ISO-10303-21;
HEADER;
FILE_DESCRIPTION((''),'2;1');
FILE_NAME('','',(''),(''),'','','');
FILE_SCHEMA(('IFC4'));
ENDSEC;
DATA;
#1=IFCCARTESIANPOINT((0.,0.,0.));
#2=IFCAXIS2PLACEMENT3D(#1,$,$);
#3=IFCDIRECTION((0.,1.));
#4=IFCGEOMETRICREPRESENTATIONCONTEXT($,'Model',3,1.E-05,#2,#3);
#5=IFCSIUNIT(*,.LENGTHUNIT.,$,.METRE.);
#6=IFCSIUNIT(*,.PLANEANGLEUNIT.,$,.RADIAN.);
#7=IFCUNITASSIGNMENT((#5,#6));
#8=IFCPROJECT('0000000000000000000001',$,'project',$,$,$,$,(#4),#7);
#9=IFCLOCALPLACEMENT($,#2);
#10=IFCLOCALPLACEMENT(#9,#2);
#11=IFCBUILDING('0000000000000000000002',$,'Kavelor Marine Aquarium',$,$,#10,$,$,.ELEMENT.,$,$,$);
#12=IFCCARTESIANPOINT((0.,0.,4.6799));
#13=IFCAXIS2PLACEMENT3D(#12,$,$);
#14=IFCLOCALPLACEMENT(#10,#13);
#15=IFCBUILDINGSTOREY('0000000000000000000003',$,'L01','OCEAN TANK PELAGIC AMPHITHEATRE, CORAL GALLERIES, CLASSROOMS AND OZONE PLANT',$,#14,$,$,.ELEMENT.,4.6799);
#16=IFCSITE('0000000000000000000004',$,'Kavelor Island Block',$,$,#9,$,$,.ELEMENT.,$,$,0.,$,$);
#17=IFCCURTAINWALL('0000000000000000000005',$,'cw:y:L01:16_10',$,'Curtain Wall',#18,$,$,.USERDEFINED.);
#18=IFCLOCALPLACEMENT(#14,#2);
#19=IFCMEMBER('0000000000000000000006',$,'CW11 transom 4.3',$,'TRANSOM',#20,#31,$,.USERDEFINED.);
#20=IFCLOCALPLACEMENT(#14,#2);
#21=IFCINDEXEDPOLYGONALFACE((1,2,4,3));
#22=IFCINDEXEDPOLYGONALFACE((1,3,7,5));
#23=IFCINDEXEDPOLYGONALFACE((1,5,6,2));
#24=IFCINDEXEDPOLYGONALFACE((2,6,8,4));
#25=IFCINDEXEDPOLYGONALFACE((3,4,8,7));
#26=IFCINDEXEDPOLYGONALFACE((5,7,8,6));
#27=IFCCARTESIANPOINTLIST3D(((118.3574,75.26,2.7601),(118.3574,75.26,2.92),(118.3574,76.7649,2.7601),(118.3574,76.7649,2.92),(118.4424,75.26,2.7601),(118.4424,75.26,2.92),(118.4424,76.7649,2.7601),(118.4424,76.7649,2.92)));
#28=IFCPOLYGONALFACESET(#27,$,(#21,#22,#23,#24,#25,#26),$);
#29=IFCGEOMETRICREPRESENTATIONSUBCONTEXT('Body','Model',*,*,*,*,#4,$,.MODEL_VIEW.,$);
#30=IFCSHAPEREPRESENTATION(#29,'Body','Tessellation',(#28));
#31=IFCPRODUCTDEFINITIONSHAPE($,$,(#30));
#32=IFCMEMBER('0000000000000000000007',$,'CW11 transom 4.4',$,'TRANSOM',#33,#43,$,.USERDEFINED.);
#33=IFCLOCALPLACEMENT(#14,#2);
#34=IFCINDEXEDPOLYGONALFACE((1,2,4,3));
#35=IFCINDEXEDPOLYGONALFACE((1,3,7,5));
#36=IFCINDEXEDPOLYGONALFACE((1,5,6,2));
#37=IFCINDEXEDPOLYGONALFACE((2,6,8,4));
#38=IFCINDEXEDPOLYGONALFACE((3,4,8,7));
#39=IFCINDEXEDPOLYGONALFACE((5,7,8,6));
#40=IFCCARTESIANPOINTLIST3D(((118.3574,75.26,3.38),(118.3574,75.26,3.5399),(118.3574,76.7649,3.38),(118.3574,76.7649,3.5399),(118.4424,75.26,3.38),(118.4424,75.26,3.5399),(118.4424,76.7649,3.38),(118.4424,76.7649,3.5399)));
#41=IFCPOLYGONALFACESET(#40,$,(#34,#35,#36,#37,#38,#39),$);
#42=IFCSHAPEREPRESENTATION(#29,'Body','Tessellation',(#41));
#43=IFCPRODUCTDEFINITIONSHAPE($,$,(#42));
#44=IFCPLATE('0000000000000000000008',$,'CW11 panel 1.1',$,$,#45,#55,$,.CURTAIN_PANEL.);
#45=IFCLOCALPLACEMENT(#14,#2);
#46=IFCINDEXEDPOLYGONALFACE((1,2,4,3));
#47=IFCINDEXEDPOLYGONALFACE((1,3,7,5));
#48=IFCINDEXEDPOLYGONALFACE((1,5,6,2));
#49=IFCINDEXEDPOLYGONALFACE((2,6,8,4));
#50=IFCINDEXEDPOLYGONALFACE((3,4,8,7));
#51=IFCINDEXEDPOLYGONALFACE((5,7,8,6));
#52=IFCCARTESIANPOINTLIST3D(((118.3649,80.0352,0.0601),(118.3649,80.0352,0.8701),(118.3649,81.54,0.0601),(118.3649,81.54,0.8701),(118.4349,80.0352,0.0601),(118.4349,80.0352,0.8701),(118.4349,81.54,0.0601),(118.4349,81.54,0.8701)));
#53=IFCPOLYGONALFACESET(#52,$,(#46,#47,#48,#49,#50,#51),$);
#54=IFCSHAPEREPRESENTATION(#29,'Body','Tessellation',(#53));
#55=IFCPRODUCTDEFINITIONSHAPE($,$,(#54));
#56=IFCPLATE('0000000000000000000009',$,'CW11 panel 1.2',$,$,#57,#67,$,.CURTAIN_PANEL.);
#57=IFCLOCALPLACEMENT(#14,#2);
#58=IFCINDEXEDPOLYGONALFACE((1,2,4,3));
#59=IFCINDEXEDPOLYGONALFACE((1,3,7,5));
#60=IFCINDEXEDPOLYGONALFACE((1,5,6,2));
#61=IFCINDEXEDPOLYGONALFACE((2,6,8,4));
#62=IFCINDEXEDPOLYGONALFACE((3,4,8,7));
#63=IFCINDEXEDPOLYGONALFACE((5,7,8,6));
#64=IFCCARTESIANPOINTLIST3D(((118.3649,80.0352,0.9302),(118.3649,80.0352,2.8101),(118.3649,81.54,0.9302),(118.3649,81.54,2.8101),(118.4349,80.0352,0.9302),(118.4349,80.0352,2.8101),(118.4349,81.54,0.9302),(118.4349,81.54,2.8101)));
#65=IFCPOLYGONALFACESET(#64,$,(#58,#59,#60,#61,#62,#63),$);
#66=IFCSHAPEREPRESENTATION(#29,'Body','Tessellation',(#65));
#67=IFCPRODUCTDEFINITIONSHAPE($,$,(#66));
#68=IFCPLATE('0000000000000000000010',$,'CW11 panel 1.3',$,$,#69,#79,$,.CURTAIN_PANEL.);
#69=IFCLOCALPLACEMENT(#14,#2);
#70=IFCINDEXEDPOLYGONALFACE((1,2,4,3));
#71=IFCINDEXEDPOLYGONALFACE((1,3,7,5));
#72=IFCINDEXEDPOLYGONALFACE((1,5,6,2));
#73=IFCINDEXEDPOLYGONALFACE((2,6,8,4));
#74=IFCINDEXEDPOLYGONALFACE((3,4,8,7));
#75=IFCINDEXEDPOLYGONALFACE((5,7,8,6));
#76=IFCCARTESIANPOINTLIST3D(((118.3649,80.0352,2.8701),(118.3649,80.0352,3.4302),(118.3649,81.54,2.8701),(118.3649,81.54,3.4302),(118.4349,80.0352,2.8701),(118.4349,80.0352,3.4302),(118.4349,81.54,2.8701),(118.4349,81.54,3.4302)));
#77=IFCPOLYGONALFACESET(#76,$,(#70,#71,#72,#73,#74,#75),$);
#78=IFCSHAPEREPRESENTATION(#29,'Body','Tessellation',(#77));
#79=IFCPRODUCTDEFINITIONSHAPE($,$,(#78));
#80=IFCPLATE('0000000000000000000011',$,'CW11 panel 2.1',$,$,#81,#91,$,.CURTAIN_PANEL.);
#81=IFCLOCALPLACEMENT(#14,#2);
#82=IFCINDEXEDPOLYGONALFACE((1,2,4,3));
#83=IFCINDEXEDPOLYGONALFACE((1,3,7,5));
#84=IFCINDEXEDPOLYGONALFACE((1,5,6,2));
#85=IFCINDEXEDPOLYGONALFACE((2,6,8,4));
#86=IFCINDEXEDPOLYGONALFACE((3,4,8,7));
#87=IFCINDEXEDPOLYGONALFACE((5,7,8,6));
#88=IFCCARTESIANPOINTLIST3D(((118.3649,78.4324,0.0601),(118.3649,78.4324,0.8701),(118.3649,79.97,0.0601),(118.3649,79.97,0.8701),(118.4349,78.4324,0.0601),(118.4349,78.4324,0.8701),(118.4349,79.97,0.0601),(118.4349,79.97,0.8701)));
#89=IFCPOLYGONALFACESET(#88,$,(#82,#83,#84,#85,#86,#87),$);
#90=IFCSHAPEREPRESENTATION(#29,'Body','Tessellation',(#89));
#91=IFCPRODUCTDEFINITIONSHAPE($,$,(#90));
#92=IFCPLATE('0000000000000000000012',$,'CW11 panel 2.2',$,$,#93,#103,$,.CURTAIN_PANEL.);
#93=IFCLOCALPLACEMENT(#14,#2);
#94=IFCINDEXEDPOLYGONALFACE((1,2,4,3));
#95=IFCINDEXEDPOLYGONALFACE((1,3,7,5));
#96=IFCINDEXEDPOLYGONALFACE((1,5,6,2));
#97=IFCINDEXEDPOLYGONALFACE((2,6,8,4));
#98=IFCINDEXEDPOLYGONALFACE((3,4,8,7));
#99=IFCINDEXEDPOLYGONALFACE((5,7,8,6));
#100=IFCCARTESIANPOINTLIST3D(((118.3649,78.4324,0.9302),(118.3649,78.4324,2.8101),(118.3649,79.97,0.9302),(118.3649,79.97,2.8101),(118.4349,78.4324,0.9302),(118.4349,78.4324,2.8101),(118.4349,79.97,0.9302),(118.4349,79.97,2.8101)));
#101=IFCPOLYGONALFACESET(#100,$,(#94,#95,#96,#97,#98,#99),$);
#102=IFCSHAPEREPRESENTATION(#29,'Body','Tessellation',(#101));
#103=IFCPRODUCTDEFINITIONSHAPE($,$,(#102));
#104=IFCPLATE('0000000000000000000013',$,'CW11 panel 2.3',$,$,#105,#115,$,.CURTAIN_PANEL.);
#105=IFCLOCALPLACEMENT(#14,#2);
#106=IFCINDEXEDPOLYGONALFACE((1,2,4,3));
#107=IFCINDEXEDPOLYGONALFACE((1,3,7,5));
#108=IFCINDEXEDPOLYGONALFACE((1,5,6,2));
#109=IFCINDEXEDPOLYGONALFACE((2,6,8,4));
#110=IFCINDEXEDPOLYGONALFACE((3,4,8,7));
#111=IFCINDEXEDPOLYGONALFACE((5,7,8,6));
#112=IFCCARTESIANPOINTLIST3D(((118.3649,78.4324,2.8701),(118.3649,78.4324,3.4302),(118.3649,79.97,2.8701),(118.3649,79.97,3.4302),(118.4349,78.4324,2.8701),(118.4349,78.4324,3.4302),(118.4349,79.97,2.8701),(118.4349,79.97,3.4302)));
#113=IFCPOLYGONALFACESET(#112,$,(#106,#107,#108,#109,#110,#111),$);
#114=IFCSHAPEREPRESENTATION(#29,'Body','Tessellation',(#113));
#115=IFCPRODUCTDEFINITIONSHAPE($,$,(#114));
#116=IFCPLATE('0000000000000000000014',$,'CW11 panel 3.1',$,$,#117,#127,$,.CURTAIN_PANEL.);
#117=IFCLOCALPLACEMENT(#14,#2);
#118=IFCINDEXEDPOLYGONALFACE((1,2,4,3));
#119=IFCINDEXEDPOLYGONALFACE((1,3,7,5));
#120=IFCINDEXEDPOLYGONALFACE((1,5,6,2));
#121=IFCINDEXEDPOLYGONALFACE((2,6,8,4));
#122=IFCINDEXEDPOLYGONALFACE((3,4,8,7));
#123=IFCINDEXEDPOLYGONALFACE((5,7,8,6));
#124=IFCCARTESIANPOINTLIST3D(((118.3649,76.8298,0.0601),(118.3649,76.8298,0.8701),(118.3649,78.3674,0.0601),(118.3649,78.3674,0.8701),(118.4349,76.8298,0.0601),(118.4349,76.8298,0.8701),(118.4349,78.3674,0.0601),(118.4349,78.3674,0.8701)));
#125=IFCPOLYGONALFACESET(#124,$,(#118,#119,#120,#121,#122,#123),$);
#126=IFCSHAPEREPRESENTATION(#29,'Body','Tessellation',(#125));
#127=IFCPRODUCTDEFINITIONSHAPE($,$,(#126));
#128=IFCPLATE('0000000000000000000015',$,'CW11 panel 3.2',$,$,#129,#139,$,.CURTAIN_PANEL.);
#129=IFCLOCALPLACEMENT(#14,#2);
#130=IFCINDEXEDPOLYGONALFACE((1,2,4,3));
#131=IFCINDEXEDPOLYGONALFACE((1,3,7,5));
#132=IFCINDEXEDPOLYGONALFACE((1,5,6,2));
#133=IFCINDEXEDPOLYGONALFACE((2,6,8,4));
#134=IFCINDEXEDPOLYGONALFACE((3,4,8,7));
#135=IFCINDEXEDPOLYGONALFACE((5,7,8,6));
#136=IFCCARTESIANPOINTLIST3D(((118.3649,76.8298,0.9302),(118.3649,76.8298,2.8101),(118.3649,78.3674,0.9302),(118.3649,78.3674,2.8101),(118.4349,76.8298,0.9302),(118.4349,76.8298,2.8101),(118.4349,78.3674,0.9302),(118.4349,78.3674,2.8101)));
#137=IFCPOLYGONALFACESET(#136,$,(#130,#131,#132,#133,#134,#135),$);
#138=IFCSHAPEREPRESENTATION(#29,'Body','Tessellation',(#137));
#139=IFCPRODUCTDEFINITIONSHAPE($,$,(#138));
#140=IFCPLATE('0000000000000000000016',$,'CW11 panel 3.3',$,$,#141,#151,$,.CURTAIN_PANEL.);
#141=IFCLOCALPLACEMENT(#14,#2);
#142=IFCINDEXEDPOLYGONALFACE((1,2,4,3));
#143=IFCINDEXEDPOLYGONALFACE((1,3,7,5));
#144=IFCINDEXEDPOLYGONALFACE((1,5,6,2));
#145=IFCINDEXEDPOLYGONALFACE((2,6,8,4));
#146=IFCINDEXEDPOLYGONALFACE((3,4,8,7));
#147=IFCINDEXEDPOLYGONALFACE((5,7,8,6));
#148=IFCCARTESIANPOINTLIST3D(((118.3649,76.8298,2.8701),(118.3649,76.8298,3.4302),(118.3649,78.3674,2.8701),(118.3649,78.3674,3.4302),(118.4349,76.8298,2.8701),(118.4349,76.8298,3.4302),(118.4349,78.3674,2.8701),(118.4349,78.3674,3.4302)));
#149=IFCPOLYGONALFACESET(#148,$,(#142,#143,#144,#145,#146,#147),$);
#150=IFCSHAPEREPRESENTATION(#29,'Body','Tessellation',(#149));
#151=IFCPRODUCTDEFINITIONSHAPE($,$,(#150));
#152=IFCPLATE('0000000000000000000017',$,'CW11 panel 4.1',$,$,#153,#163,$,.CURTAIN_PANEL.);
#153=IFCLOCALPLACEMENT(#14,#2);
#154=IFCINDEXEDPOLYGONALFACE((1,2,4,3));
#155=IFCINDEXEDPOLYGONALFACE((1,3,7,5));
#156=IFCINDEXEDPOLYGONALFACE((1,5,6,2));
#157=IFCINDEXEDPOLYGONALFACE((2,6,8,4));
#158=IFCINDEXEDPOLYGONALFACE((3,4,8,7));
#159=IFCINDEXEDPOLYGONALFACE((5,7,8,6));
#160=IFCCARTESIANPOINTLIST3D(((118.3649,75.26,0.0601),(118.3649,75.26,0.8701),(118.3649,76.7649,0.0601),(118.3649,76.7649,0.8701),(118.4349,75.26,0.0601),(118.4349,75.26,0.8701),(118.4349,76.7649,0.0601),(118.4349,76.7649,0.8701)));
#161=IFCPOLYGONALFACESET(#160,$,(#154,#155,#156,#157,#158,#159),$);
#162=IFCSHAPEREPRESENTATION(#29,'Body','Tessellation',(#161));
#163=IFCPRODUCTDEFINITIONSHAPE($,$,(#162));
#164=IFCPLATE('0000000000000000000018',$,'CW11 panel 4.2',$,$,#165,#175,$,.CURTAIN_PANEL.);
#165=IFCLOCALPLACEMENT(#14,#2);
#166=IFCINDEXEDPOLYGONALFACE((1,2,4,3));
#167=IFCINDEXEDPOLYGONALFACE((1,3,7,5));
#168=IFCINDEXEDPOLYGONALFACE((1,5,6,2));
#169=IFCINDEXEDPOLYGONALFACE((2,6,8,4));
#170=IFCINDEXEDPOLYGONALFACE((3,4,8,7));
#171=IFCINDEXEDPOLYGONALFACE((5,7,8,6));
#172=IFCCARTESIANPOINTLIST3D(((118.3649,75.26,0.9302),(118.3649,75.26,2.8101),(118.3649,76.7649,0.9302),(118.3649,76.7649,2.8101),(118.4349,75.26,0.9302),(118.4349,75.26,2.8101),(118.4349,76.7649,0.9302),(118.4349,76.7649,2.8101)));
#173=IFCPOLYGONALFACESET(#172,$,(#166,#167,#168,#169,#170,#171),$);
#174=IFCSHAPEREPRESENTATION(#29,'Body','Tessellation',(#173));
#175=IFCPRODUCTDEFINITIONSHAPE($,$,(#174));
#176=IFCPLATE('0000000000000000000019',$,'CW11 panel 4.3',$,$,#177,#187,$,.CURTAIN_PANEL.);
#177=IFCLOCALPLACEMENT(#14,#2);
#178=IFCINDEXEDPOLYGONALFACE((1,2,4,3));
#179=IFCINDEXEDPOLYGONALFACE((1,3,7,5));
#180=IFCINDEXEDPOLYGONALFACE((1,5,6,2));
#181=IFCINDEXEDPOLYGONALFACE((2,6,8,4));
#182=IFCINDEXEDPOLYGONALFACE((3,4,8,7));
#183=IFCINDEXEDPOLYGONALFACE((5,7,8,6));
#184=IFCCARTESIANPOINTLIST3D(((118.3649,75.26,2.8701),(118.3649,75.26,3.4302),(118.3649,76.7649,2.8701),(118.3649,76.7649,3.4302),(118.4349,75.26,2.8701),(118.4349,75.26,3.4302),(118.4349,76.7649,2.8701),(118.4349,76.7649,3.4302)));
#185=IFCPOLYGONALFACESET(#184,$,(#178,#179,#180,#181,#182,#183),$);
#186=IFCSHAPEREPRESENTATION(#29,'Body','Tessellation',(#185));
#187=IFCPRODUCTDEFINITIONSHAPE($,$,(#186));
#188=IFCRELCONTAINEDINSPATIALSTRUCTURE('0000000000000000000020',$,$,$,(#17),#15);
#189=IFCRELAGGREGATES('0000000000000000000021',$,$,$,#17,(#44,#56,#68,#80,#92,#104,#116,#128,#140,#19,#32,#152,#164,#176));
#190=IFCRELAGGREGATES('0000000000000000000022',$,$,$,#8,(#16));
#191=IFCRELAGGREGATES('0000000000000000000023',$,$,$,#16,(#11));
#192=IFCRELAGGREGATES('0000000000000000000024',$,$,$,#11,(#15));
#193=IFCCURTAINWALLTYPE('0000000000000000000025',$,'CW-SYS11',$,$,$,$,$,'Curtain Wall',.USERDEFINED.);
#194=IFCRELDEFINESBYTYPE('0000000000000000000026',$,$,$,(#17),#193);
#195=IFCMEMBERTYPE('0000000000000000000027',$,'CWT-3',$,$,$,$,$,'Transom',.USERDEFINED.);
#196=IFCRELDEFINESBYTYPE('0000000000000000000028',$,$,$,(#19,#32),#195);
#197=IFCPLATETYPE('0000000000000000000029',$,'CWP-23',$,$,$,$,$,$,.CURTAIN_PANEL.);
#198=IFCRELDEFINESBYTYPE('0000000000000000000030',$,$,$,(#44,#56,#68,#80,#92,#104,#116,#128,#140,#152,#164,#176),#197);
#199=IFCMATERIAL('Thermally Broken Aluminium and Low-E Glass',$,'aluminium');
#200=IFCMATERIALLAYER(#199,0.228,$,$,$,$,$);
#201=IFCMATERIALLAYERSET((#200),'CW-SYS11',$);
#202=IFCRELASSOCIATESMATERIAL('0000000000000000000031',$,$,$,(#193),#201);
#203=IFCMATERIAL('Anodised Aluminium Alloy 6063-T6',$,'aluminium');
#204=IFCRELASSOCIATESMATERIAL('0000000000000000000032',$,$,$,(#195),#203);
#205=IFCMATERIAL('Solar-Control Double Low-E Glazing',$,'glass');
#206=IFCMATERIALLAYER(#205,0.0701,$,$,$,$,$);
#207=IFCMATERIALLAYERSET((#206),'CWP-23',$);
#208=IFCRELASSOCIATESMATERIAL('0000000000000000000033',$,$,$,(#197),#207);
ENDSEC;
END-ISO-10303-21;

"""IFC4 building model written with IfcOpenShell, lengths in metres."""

from ifc_helpers import new_model, si_unit, direction, frame, origin, origin_2d, place, context, subcontext, project, spatial, rectangle, extrude, material, layer, layer_set, material_profile, profile_set, type_object, element, aggregate, save


model = new_model("IFC4")

# Units and contexts
model_context = context("Model", 3, precision=1e-05, world=origin(), true_north=direction((0.0, 1.0)))
body_context = subcontext(model_context, "Body", "Model", "MODEL_VIEW")
ifc_project = project(units=[si_unit("LENGTHUNIT", "METRE"), si_unit("PLANEANGLEUNIT", "RADIAN")], contexts=[model_context])

# Site, building, storey
site_placement = place(None, origin())
site = spatial("IfcSite", under=ifc_project, at=site_placement, Name="Kavelor Island Block", CompositionType="ELEMENT", RefElevation=0.0)
building_placement = place(site_placement, origin())
building = spatial("IfcBuilding", under=site, at=building_placement, Name="Kavelor Marine Aquarium", CompositionType="ELEMENT")
storey_placement = place(building_placement, frame((0.0, 0.0, 4.6799)))
storey = spatial("IfcBuildingStorey", under=building, at=storey_placement, Name="L01", Description="OCEAN TANK PELAGIC AMPHITHEATRE, CORAL GALLERIES, CLASSROOMS AND OZONE PLANT", CompositionType="ELEMENT", Elevation=4.6799)

# Curtain wall, members, plates
ifc_material_1 = material(Name="Thermally Broken Aluminium and Low-E Glass", Category="aluminium")
ifc_layer_1 = layer(ifc_material_1, 0.228)
ifc_layer_set_1 = layer_set([ifc_layer_1], Name="CW-SYS11")
curtain_wall_type = type_object("IfcCurtainWallType", Name="CW-SYS11", ElementType="Curtain Wall", PredefinedType="USERDEFINED", material=ifc_layer_set_1)
curtain_wall_placement = place(storey_placement, origin())
curtain_wall = element("IfcCurtainWall", 1, at=curtain_wall_placement, inside=storey, type_object=curtain_wall_type, Name="cw:y:L01:16_10", ObjectType="Curtain Wall", PredefinedType="USERDEFINED")
ifc_material_2 = material(Name="Anodised Aluminium Alloy 6063-T6", Category="aluminium")
ifc_material_profile_1 = material_profile(ifc_material_2, rectangle(XDim=0.085, YDim=0.1599, at=origin_2d()), Name="CW-TRN 85x160")
ifc_profile_set_1 = profile_set([ifc_material_profile_1], Name="Anodised Aluminium Alloy 6063-T6")
member_type_1 = type_object("IfcMemberType", Name="CWT-3", ElementType="Transom", PredefinedType="USERDEFINED", material=ifc_profile_set_1)
member_1_placement = place(storey_placement, frame((118.3999, 76.7649, 2.8401), z_axis=(0.0, -1.0, 0.0), x_axis=(1.0, 0.0, 0.0)))
member_1 = element("IfcMember", 2, at=member_1_placement, type_object=member_type_1, Name="CW11 transom 4.3", ObjectType="TRANSOM", PredefinedType="USERDEFINED", context=body_context, shape_type="SweptSolid", body=[
    extrude(rectangle(XDim=0.085, YDim=0.1599, at=origin_2d()), origin(), (0.0, 0.0, 1.0), 1.5049),
])
member_2_placement = place(storey_placement, frame((118.3999, 76.7649, 3.46), z_axis=(0.0, -1.0, 0.0), x_axis=(1.0, 0.0, 0.0)))
member_2 = element("IfcMember", 3, at=member_2_placement, type_object=member_type_1, Name="CW11 transom 4.4", ObjectType="TRANSOM", PredefinedType="USERDEFINED", context=body_context, shape_type="SweptSolid", body=[
    extrude(rectangle(XDim=0.085, YDim=0.1599, at=origin_2d()), origin(), (0.0, 0.0, 1.0), 1.5049),
])
ifc_material_3 = material(Name="Solar-Control Double Low-E Glazing", Category="glass")
ifc_layer_2 = layer(ifc_material_3, 0.0701)
ifc_layer_set_2 = layer_set([ifc_layer_2], Name="CWP-23")
plate_type = type_object("IfcPlateType", Name="CWP-23", PredefinedType="CURTAIN_PANEL", material=ifc_layer_set_2)
plate_1_placement = place(storey_placement, frame((118.3999, 80.7876, 0.0601), z_axis=(0.0, 0.0, 1.0), x_axis=(0.0, -1.0, 0.0)))
plate_1 = element("IfcPlate", 4, at=plate_1_placement, type_object=plate_type, Name="CW11 panel 1.1", PredefinedType="CURTAIN_PANEL", context=body_context, shape_type="SweptSolid", body=[
    extrude(rectangle(XDim=1.5049, YDim=0.0701, at=origin_2d()), origin(), (0.0, 0.0, 1.0), 0.8101),
])
plate_2_placement = place(storey_placement, frame((118.3999, 80.7876, 0.9302), z_axis=(0.0, 0.0, 1.0), x_axis=(0.0, -1.0, 0.0)))
plate_2 = element("IfcPlate", 5, at=plate_2_placement, type_object=plate_type, Name="CW11 panel 1.2", PredefinedType="CURTAIN_PANEL", context=body_context, shape_type="SweptSolid", body=[
    extrude(rectangle(XDim=1.5049, YDim=0.0701, at=origin_2d()), origin(), (0.0, 0.0, 1.0), 1.8799),
])
plate_3_placement = place(storey_placement, frame((118.3999, 80.7876, 2.8701), z_axis=(0.0, 0.0, 1.0), x_axis=(0.0, -1.0, 0.0)))
plate_3 = element("IfcPlate", 6, at=plate_3_placement, type_object=plate_type, Name="CW11 panel 1.3", PredefinedType="CURTAIN_PANEL", context=body_context, shape_type="SweptSolid", body=[
    extrude(rectangle(XDim=1.5049, YDim=0.0701, at=origin_2d()), origin(), (0.0, 0.0, 1.0), 0.5601),
])
plate_4_placement = place(storey_placement, frame((118.3999, 79.2012, 0.0601), z_axis=(0.0, 0.0, 1.0), x_axis=(0.0, -1.0, 0.0)))
plate_4 = element("IfcPlate", 7, at=plate_4_placement, type_object=plate_type, Name="CW11 panel 2.1", PredefinedType="CURTAIN_PANEL", context=body_context, shape_type="SweptSolid", body=[
    extrude(rectangle(XDim=1.5376, YDim=0.0701, at=origin_2d()), origin(), (0.0, 0.0, 1.0), 0.8101),
])
plate_5_placement = place(storey_placement, frame((118.3999, 79.2012, 0.9302), z_axis=(0.0, 0.0, 1.0), x_axis=(0.0, -1.0, 0.0)))
plate_5 = element("IfcPlate", 8, at=plate_5_placement, type_object=plate_type, Name="CW11 panel 2.2", PredefinedType="CURTAIN_PANEL", context=body_context, shape_type="SweptSolid", body=[
    extrude(rectangle(XDim=1.5376, YDim=0.0701, at=origin_2d()), origin(), (0.0, 0.0, 1.0), 1.8799),
])
plate_6_placement = place(storey_placement, frame((118.3999, 79.2012, 2.8701), z_axis=(0.0, 0.0, 1.0), x_axis=(0.0, -1.0, 0.0)))
plate_6 = element("IfcPlate", 9, at=plate_6_placement, type_object=plate_type, Name="CW11 panel 2.3", PredefinedType="CURTAIN_PANEL", context=body_context, shape_type="SweptSolid", body=[
    extrude(rectangle(XDim=1.5376, YDim=0.0701, at=origin_2d()), origin(), (0.0, 0.0, 1.0), 0.5601),
])
plate_7_placement = place(storey_placement, frame((118.3999, 77.5986, 0.0601), z_axis=(0.0, 0.0, 1.0), x_axis=(0.0, -1.0, 0.0)))
plate_7 = element("IfcPlate", 10, at=plate_7_placement, type_object=plate_type, Name="CW11 panel 3.1", PredefinedType="CURTAIN_PANEL", context=body_context, shape_type="SweptSolid", body=[
    extrude(rectangle(XDim=1.5376, YDim=0.0701, at=origin_2d()), origin(), (0.0, 0.0, 1.0), 0.8101),
])
plate_8_placement = place(storey_placement, frame((118.3999, 77.5986, 0.9302), z_axis=(0.0, 0.0, 1.0), x_axis=(0.0, -1.0, 0.0)))
plate_8 = element("IfcPlate", 11, at=plate_8_placement, type_object=plate_type, Name="CW11 panel 3.2", PredefinedType="CURTAIN_PANEL", context=body_context, shape_type="SweptSolid", body=[
    extrude(rectangle(XDim=1.5376, YDim=0.0701, at=origin_2d()), origin(), (0.0, 0.0, 1.0), 1.8799),
])
plate_9_placement = place(storey_placement, frame((118.3999, 77.5986, 2.8701), z_axis=(0.0, 0.0, 1.0), x_axis=(0.0, -1.0, 0.0)))
plate_9 = element("IfcPlate", 12, at=plate_9_placement, type_object=plate_type, Name="CW11 panel 3.3", PredefinedType="CURTAIN_PANEL", context=body_context, shape_type="SweptSolid", body=[
    extrude(rectangle(XDim=1.5376, YDim=0.0701, at=origin_2d()), origin(), (0.0, 0.0, 1.0), 0.5601),
])
plate_10_placement = place(storey_placement, frame((118.3999, 76.0125, 0.0601), z_axis=(0.0, 0.0, 1.0), x_axis=(0.0, -1.0, 0.0)))
plate_10 = element("IfcPlate", 13, at=plate_10_placement, type_object=plate_type, Name="CW11 panel 4.1", PredefinedType="CURTAIN_PANEL", context=body_context, shape_type="SweptSolid", body=[
    extrude(rectangle(XDim=1.5049, YDim=0.0701, at=origin_2d()), origin(), (0.0, 0.0, 1.0), 0.8101),
])
plate_11_placement = place(storey_placement, frame((118.3999, 76.0125, 0.9302), z_axis=(0.0, 0.0, 1.0), x_axis=(0.0, -1.0, 0.0)))
plate_11 = element("IfcPlate", 14, at=plate_11_placement, type_object=plate_type, Name="CW11 panel 4.2", PredefinedType="CURTAIN_PANEL", context=body_context, shape_type="SweptSolid", body=[
    extrude(rectangle(XDim=1.5049, YDim=0.0701, at=origin_2d()), origin(), (0.0, 0.0, 1.0), 1.8799),
])
plate_12_placement = place(storey_placement, frame((118.3999, 76.0125, 2.8701), z_axis=(0.0, 0.0, 1.0), x_axis=(0.0, -1.0, 0.0)))
plate_12 = element("IfcPlate", 15, at=plate_12_placement, type_object=plate_type, Name="CW11 panel 4.3", PredefinedType="CURTAIN_PANEL", context=body_context, shape_type="SweptSolid", body=[
    extrude(rectangle(XDim=1.5049, YDim=0.0701, at=origin_2d()), origin(), (0.0, 0.0, 1.0), 0.5601),
])
aggregate(curtain_wall, [plate_1, plate_2, plate_3, plate_4, plate_5, plate_6, plate_7, plate_8, plate_9, member_1, member_2, plate_10, plate_11, plate_12])

save(model, "model.ifc")
